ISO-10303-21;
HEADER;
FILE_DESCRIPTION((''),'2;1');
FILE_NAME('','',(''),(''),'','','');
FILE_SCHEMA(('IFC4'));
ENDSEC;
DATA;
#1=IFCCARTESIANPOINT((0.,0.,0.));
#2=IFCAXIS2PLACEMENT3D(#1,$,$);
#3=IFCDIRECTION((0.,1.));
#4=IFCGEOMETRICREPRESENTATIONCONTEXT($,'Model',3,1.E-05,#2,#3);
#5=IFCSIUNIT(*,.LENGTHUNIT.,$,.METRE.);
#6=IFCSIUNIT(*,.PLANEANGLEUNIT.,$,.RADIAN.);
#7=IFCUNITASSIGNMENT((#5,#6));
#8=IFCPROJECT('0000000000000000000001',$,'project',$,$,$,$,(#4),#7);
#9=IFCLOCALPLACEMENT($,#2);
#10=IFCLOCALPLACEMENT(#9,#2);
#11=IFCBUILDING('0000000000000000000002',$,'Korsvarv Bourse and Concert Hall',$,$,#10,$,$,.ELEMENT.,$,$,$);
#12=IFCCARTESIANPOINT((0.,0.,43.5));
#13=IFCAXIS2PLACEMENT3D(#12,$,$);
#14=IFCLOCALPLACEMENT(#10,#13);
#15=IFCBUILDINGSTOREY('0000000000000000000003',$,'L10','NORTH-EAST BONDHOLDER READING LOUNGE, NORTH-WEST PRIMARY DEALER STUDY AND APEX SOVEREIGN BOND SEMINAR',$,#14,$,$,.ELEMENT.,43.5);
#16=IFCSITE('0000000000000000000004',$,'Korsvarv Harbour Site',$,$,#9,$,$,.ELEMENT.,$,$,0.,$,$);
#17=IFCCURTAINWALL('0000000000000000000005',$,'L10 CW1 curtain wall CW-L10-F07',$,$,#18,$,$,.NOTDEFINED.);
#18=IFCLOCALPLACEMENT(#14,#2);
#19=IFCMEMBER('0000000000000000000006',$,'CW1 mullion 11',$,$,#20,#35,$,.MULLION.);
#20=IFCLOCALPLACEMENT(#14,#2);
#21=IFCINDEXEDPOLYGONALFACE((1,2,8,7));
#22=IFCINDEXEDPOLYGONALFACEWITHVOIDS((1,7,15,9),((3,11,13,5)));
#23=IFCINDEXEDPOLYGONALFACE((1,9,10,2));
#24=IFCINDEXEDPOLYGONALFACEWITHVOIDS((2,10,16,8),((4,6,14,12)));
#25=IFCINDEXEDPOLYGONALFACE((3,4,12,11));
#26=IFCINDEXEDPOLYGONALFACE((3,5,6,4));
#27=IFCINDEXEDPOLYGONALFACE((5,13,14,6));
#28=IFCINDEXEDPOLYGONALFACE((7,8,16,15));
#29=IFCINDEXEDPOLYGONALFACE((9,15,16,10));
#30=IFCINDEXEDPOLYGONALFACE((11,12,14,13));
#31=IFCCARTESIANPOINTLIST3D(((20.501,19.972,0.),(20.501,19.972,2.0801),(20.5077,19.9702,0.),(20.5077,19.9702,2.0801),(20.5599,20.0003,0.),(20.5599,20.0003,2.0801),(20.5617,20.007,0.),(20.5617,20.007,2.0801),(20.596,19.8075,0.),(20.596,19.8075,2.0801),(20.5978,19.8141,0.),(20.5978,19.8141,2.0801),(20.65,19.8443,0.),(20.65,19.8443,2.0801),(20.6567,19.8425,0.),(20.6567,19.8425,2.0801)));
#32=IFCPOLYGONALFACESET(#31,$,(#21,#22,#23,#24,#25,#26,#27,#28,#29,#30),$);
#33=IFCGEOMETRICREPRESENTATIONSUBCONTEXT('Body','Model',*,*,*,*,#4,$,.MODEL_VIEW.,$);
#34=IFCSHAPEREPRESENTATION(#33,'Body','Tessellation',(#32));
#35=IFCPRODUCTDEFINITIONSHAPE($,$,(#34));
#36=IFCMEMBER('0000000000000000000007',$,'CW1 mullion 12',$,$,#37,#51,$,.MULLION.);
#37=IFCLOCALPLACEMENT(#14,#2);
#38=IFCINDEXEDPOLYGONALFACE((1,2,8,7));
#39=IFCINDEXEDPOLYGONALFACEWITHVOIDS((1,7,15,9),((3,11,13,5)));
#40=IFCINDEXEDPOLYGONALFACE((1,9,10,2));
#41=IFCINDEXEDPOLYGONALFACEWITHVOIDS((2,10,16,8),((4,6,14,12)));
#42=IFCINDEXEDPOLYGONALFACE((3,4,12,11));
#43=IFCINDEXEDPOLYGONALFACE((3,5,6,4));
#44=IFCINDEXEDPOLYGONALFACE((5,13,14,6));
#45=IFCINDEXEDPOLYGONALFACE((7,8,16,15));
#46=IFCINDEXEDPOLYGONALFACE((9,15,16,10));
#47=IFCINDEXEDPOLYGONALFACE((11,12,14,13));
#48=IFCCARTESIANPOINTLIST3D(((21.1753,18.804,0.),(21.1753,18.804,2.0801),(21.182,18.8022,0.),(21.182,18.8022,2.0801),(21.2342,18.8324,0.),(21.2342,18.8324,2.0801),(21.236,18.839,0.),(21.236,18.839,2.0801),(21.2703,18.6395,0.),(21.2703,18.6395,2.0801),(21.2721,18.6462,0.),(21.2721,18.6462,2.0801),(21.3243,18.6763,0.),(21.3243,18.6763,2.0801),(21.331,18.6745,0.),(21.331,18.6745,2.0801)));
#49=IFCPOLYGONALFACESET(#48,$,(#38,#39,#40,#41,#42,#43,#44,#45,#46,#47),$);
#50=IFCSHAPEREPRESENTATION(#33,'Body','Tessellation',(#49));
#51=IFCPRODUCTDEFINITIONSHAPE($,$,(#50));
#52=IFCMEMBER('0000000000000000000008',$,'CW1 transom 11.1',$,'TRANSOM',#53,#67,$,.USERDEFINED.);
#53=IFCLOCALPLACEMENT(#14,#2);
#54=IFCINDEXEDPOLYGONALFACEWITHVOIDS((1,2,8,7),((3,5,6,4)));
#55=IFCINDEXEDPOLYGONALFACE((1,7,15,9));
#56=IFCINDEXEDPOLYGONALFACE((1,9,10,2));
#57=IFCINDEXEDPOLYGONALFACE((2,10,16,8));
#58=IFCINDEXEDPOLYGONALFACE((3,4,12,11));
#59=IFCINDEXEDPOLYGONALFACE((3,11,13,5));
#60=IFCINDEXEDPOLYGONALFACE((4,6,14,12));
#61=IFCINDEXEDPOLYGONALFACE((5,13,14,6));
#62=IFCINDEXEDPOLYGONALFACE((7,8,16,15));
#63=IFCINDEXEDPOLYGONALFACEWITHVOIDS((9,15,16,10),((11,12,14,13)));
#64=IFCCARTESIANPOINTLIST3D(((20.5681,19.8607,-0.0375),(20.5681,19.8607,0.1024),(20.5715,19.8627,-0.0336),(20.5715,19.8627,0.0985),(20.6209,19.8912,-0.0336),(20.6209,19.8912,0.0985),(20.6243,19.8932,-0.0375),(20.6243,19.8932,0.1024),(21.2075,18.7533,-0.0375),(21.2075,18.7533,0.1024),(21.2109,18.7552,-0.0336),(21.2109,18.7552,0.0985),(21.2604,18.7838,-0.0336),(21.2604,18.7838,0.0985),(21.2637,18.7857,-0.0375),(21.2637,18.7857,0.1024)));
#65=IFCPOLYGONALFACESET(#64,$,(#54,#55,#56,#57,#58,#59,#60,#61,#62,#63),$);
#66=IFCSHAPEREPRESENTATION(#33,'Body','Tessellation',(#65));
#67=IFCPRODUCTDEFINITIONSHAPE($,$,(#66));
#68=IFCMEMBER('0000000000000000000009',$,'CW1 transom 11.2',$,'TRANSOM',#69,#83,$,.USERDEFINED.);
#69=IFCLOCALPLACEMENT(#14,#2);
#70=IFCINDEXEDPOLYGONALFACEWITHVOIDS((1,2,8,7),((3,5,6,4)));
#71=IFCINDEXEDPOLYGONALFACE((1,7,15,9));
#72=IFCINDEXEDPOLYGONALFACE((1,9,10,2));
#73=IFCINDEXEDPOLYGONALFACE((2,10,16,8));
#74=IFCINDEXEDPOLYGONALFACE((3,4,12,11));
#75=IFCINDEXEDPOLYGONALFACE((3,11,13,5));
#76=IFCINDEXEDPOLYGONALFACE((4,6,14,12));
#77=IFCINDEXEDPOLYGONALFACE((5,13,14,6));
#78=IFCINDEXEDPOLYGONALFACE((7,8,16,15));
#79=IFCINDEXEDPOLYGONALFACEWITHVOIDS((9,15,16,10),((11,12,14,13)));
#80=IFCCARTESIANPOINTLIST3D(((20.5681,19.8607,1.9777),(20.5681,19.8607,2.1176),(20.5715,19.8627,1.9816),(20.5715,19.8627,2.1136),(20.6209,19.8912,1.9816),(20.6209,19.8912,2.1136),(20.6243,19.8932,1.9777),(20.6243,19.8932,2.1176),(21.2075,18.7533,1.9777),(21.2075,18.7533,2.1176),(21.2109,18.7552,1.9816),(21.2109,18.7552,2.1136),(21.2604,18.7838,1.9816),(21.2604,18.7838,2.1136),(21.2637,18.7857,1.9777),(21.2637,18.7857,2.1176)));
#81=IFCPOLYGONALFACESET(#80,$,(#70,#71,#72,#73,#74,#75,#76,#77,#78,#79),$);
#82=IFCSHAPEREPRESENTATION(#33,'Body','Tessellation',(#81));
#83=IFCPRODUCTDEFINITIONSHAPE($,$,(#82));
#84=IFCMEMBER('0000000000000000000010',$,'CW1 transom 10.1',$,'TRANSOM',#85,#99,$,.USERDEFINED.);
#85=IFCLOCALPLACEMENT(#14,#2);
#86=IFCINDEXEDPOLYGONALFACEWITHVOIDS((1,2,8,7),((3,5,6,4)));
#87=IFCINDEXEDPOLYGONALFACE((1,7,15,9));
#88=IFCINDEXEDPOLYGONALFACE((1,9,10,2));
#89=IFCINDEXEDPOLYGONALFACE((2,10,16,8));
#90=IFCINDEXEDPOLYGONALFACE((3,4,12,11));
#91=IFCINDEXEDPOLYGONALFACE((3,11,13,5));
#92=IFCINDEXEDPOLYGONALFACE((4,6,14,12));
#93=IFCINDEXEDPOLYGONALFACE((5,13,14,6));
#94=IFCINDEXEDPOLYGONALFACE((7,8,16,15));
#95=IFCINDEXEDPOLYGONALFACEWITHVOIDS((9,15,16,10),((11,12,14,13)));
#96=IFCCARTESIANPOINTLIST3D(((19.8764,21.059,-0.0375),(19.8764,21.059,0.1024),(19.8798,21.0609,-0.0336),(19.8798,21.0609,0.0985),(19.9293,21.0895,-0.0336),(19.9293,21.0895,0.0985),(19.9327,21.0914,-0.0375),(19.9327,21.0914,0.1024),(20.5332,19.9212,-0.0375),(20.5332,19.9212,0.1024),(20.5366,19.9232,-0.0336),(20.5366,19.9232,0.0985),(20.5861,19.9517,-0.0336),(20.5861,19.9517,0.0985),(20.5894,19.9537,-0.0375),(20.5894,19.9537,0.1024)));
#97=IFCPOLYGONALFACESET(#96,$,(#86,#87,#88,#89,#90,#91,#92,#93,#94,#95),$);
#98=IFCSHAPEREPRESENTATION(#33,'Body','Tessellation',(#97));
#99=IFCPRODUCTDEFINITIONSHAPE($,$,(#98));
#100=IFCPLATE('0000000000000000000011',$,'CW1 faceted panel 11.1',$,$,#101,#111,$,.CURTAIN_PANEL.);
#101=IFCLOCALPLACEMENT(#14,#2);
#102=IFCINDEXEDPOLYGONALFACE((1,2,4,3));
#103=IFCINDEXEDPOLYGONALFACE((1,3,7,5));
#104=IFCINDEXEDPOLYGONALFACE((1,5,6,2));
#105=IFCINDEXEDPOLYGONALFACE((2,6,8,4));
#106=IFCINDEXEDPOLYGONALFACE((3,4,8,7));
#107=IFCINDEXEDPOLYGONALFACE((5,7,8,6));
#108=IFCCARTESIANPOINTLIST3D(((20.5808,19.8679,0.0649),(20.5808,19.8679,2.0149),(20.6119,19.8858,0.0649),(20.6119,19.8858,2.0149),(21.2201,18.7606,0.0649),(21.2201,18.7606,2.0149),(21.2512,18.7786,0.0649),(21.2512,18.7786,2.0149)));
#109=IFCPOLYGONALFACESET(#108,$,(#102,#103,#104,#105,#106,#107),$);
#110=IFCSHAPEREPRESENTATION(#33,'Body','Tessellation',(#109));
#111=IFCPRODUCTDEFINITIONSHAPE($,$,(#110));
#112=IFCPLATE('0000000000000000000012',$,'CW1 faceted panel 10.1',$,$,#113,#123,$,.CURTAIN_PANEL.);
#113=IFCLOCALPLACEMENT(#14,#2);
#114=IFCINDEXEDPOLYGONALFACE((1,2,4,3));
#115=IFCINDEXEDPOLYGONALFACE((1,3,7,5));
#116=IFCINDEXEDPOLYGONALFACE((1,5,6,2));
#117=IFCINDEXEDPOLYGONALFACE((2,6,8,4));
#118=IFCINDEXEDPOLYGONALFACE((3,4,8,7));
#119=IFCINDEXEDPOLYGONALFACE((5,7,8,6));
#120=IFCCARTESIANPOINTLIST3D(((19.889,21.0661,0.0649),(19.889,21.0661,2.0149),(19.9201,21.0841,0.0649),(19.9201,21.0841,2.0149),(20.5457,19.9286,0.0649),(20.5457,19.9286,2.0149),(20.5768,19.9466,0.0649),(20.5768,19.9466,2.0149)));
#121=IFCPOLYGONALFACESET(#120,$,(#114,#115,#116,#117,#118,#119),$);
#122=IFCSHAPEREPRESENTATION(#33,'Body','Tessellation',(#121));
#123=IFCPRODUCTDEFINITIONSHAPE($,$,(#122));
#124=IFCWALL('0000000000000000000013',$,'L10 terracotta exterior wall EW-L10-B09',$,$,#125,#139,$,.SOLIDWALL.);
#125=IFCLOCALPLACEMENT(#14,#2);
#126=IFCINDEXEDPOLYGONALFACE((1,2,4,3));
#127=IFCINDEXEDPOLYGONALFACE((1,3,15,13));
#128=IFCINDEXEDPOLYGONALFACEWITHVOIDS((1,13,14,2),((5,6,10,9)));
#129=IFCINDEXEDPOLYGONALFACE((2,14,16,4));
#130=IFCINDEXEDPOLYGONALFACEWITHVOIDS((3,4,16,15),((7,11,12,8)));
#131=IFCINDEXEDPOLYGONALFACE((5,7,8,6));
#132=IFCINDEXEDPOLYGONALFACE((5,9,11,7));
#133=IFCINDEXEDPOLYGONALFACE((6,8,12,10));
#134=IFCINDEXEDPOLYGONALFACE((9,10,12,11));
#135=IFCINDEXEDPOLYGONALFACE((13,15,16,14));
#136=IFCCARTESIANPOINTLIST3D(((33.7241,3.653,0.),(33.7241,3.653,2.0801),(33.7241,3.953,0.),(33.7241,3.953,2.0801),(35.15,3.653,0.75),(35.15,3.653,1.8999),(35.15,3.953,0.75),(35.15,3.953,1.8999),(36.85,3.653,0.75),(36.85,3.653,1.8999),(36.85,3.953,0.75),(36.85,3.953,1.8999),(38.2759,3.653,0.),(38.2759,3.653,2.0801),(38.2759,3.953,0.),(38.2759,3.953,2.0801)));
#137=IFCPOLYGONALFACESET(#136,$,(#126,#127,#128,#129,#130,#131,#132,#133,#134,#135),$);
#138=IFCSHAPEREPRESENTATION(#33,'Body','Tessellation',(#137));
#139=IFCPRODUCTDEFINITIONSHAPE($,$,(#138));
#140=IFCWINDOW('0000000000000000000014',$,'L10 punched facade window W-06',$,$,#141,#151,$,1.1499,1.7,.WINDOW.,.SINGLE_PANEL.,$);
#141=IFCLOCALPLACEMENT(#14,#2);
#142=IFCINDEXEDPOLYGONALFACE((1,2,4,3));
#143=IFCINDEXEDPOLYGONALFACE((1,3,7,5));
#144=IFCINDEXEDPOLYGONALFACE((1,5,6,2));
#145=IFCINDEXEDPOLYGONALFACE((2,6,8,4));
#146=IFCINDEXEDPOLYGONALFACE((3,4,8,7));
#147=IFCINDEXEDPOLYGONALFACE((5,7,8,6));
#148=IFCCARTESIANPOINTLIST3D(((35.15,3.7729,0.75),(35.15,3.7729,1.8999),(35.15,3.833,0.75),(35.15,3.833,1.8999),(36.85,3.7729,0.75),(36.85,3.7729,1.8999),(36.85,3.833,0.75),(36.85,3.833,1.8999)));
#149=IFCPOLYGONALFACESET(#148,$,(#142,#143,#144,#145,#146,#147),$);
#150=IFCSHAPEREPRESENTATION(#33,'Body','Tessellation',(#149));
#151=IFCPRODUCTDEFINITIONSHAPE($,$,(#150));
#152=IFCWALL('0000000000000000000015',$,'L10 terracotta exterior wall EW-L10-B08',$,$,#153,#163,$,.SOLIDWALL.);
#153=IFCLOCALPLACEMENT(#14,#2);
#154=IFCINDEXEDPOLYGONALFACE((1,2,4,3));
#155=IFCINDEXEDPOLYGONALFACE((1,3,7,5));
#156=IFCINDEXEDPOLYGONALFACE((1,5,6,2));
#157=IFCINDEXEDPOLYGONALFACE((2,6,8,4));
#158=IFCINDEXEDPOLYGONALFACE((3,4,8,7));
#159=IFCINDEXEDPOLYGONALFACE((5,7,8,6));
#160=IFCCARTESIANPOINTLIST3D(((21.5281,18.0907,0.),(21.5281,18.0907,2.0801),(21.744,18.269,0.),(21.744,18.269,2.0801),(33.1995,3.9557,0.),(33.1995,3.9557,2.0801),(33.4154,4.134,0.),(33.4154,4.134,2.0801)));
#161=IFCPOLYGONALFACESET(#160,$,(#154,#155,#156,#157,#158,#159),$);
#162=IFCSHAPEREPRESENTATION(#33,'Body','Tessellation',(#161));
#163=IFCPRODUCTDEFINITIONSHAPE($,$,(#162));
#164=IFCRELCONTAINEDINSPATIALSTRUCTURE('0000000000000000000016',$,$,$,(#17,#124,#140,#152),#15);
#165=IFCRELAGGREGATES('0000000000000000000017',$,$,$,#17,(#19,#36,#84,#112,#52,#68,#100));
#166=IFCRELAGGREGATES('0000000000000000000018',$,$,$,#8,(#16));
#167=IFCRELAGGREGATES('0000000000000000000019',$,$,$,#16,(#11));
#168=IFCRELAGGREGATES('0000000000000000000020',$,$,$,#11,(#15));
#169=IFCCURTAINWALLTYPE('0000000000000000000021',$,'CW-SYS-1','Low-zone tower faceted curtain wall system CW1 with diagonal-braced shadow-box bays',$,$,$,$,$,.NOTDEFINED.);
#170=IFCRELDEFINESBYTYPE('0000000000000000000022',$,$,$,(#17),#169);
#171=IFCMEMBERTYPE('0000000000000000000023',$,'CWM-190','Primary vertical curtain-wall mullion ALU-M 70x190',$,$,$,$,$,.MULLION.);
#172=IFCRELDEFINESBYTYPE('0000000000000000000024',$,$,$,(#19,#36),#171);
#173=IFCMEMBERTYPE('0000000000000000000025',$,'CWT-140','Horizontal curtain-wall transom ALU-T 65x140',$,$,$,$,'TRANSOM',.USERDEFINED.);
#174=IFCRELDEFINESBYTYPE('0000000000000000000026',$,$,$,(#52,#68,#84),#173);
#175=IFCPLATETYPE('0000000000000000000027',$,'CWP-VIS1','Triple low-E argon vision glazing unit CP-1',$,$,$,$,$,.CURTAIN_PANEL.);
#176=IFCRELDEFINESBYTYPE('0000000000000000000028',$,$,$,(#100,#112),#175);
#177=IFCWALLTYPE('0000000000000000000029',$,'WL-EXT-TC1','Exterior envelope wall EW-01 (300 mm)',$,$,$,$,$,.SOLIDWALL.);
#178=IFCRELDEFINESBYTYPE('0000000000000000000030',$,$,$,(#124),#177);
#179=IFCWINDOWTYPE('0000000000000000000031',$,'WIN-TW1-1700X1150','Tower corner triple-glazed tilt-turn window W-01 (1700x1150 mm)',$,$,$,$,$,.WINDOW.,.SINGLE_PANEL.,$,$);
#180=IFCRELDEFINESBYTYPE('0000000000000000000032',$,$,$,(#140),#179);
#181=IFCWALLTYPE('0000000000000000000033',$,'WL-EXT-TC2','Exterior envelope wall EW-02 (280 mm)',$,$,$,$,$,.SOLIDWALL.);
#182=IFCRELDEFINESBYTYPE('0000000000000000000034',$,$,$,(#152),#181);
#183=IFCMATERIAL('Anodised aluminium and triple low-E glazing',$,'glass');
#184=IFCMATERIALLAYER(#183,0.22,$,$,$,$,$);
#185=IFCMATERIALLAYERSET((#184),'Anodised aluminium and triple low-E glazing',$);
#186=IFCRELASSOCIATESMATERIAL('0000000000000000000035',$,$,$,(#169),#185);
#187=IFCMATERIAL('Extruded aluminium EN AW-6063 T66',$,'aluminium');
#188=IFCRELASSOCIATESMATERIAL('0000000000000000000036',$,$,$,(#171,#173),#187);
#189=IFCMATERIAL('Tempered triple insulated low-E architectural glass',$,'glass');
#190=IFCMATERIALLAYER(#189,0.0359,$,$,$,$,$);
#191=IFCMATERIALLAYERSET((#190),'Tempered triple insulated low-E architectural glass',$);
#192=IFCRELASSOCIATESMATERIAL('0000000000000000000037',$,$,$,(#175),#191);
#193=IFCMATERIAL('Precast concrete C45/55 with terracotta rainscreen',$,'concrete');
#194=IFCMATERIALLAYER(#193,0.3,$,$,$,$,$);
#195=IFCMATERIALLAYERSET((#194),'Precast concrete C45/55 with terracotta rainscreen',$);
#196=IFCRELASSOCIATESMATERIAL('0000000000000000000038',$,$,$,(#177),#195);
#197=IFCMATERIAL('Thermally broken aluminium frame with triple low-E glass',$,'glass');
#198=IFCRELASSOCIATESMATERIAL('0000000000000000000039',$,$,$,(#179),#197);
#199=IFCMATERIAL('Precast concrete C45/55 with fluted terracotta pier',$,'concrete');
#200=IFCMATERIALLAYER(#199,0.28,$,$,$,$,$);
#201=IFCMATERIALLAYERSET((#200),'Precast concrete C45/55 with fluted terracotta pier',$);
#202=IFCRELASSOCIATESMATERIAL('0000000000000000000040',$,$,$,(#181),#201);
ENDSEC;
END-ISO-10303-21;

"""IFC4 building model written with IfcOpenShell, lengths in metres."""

from ifc_helpers import new_model, si_unit, direction, frame, frame_2d, origin, origin_2d, place, context, subcontext, project, spatial, rectangle, hollow_rectangle, extrude, source, transform, mapped, material, layer, layer_set, material_profile, profile_set, type_object, element, fill, aggregate, save


model = new_model("IFC4")

# Units and contexts
model_context = context("Model", 3, precision=1e-05, world=origin(), true_north=direction((0.0, 1.0)))
body_context = subcontext(model_context, "Body", "Model", "MODEL_VIEW")
ifc_project = project(units=[si_unit("LENGTHUNIT", "METRE"), si_unit("PLANEANGLEUNIT", "RADIAN")], contexts=[model_context])

# Site, building, storey
site_placement = place(None, origin())
site = spatial("IfcSite", under=ifc_project, at=site_placement, Name="Korsvarv Harbour Site", CompositionType="ELEMENT", RefElevation=0.0)
building_placement = place(site_placement, origin())
building = spatial("IfcBuilding", under=site, at=building_placement, Name="Korsvarv Bourse and Concert Hall", CompositionType="ELEMENT")
storey_placement = place(building_placement, frame((0.0, 0.0, 43.5)))
storey = spatial("IfcBuildingStorey", under=building, at=storey_placement, Name="L10", Description="NORTH-EAST BONDHOLDER READING LOUNGE, NORTH-WEST PRIMARY DEALER STUDY AND APEX SOVEREIGN BOND SEMINAR", CompositionType="ELEMENT", Elevation=43.5)

# Curtain wall, members, plates
ifc_material_1 = material(Name="Anodised aluminium and triple low-E glazing", Category="glass")
ifc_layer_1 = layer(ifc_material_1, 0.22)
ifc_layer_set_1 = layer_set([ifc_layer_1], Name="Anodised aluminium and triple low-E glazing")
curtain_wall_type = type_object("IfcCurtainWallType", Name="CW-SYS-1", Description="Low-zone tower faceted curtain wall system CW1 with diagonal-braced shadow-box bays", PredefinedType="NOTDEFINED", material=ifc_layer_set_1)
curtain_wall_placement = place(storey_placement, origin())
curtain_wall = element("IfcCurtainWall", 1, at=curtain_wall_placement, inside=storey, type_object=curtain_wall_type, Name="L10 CW1 curtain wall CW-L10-F07", PredefinedType="NOTDEFINED")
ifc_material_2 = material(Name="Extruded aluminium EN AW-6063 T66", Category="aluminium")
ifc_material_profile_1 = material_profile(ifc_material_2, hollow_rectangle(XDim=0.0701, YDim=0.1899, WallThickness=0.0049, at=origin_2d()), Name="ALU-M 70x190")
ifc_profile_set_1 = profile_set([ifc_material_profile_1], Name="Extruded aluminium EN AW-6063 T66")
member_type_1 = type_object("IfcMemberType", Name="CWM-190", Description="Primary vertical curtain-wall mullion ALU-M 70x190", PredefinedType="MULLION", material=ifc_profile_set_1)
shared_shape_1 = source(origin(), body_context, "Body", "SweptSolid", [
    extrude(hollow_rectangle(XDim=0.0701, YDim=0.1899, WallThickness=0.0049, at=origin_2d()), origin(), (0.0, 0.0, 1.0), 2.0801),
])
member_1_placement = place(storey_placement, frame((20.5789, 19.9072, 0.0), z_axis=(0.0, 0.0, 1.0), x_axis=(0.866026, 0.5, 0.0)))
member_1 = element("IfcMember", 2, at=member_1_placement, type_object=member_type_1, Name="CW1 mullion 11", PredefinedType="MULLION", context=body_context, shape_type="MappedRepresentation", body=[
    mapped(shared_shape_1, transform((0.0, 0.0, 0.0), scale=1.0)),
])
member_2_placement = place(storey_placement, frame((21.2532, 18.7393, 0.0), z_axis=(0.0, 0.0, 1.0), x_axis=(0.866026, 0.5, 0.0)))
member_2 = element("IfcMember", 3, at=member_2_placement, type_object=member_type_1, Name="CW1 mullion 12", PredefinedType="MULLION", context=body_context, shape_type="MappedRepresentation", body=[
    mapped(shared_shape_1, transform((0.0, 0.0, 0.0), scale=1.0)),
])
ifc_material_profile_2 = material_profile(ifc_material_2, hollow_rectangle(XDim=0.0649, YDim=0.1399, WallThickness=0.0039, at=origin_2d()), Name="ALU-T 65x140")
ifc_profile_set_2 = profile_set([ifc_material_profile_2], Name="Extruded aluminium EN AW-6063 T66")
member_type_2 = type_object("IfcMemberType", Name="CWT-140", Description="Horizontal curtain-wall transom ALU-T 65x140", ElementType="TRANSOM", PredefinedType="USERDEFINED", material=ifc_profile_set_2)
shared_shape_2 = source(origin(), body_context, "Body", "SweptSolid", [
    extrude(hollow_rectangle(XDim=0.0649, YDim=0.1399, WallThickness=0.0039, at=origin_2d()), origin(), (0.0, 0.0, 1.0), 1.2788),
])
member_3_placement = place(storey_placement, frame((20.5962, 19.877, 0.0325), z_axis=(0.50002, -0.866014, 0.0), x_axis=(0.866014, 0.50002, 0.0)))
member_3 = element("IfcMember", 4, at=member_3_placement, type_object=member_type_2, Name="CW1 transom 11.1", ObjectType="TRANSOM", PredefinedType="USERDEFINED", context=body_context, shape_type="MappedRepresentation", body=[
    mapped(shared_shape_2, transform((0.0, 0.0, 0.0), scale=1.0)),
])
member_4_placement = place(storey_placement, frame((20.5962, 19.877, 2.0476), z_axis=(0.50002, -0.866014, 0.0), x_axis=(0.866014, 0.50002, 0.0)))
member_4 = element("IfcMember", 5, at=member_4_placement, type_object=member_type_2, Name="CW1 transom 11.2", ObjectType="TRANSOM", PredefinedType="USERDEFINED", context=body_context, shape_type="MappedRepresentation", body=[
    mapped(shared_shape_2, transform((0.0, 0.0, 0.0), scale=1.0)),
])
shared_shape_3 = source(origin(), body_context, "Body", "SweptSolid", [
    extrude(hollow_rectangle(XDim=0.0649, YDim=0.1399, WallThickness=0.0039, at=origin_2d()), origin(), (0.0, 0.0, 1.0), 1.3137),
])
member_5_placement = place(storey_placement, frame((19.9045, 21.0752, 0.0325), z_axis=(0.499937, -0.866062, 0.0), x_axis=(0.866062, 0.499937, 0.0)))
member_5 = element("IfcMember", 6, at=member_5_placement, type_object=member_type_2, Name="CW1 transom 10.1", ObjectType="TRANSOM", PredefinedType="USERDEFINED", context=body_context, shape_type="MappedRepresentation", body=[
    mapped(shared_shape_3, transform((0.0, 0.0, 0.0), scale=1.0)),
])
ifc_material_3 = material(Name="Tempered triple insulated low-E architectural glass", Category="glass")
ifc_layer_2 = layer(ifc_material_3, 0.0359)
ifc_layer_set_2 = layer_set([ifc_layer_2], Name="Tempered triple insulated low-E architectural glass")
plate_type = type_object("IfcPlateType", Name="CWP-VIS1", Description="Triple low-E argon vision glazing unit CP-1", PredefinedType="CURTAIN_PANEL", material=ifc_layer_set_2)
shared_shape_4 = source(origin(), body_context, "Body", "SweptSolid", [
    extrude(rectangle(XDim=1.2786, YDim=0.0359, at=origin_2d()), origin(), (0.0, 0.0, 1.0), 1.95),
])
plate_1_placement = place(storey_placement, frame((20.916, 19.3232, 0.0649), z_axis=(0.0, 0.0, 1.0), x_axis=(0.5, -0.866026, 0.0)))
plate_1 = element("IfcPlate", 7, at=plate_1_placement, type_object=plate_type, Name="CW1 faceted panel 11.1", PredefinedType="CURTAIN_PANEL", context=body_context, shape_type="MappedRepresentation", body=[
    mapped(shared_shape_4, transform((0.0, 0.0, 0.0), scale=1.0)),
])
shared_shape_5 = source(origin(), body_context, "Body", "SweptSolid", [
    extrude(rectangle(XDim=1.3135, YDim=0.0359, at=origin_2d()), origin(), (0.0, 0.0, 1.0), 1.95),
])
plate_2_placement = place(storey_placement, frame((20.2329, 20.5063, 0.0649), z_axis=(0.0, 0.0, 1.0), x_axis=(0.5, -0.866026, 0.0)))
plate_2 = element("IfcPlate", 8, at=plate_2_placement, type_object=plate_type, Name="CW1 faceted panel 10.1", PredefinedType="CURTAIN_PANEL", context=body_context, shape_type="MappedRepresentation", body=[
    mapped(shared_shape_5, transform((0.0, 0.0, 0.0), scale=1.0)),
])
aggregate(curtain_wall, [member_1, member_2, member_5, plate_2, member_3, member_4, plate_1])

# Wall, opening, window
ifc_material_4 = material(Name="Precast concrete C45/55 with terracotta rainscreen", Category="concrete")
ifc_layer_3 = layer(ifc_material_4, 0.3)
ifc_layer_set_3 = layer_set([ifc_layer_3], Name="Precast concrete C45/55 with terracotta rainscreen")
wall_type_1 = type_object("IfcWallType", Name="WL-EXT-TC1", Description="Exterior envelope wall EW-01 (300 mm)", PredefinedType="SOLIDWALL", material=ifc_layer_set_3)
wall_1_placement = place(storey_placement, frame((33.7241, 3.803, 0.0), z_axis=(0.0, 0.0, 1.0), x_axis=(1.0, 0.0, 0.0)))
wall_1 = element("IfcWall", 9, at=wall_1_placement, inside=storey, type_object=wall_type_1, Name="L10 terracotta exterior wall EW-L10-B09", PredefinedType="SOLIDWALL", context=body_context, shape_type="SweptSolid", body=[
    extrude(rectangle(XDim=4.5518, YDim=0.3, at=frame_2d((2.2759, 0.0))), origin(), (0.0, 0.0, 1.0), 2.0801),
])
opening_1_placement = place(wall_1_placement, frame((1.4258, 0.0, 0.75)))
opening_1 = element("IfcOpeningElement", 10, at=opening_1_placement, cuts=wall_1, PredefinedType="OPENING", context=body_context, shape_type="SweptSolid", body=[
    extrude(rectangle(XDim=1.7, YDim=1.1499, at=frame_2d((0.8501, 0.575))), frame((0.0, 0.1602, 0.0), z_axis=(0.0, -1.0, 0.0), x_axis=(1.0, 0.0, 0.0)), (0.0, 0.0, 1.0), 0.3201),
])
ifc_material_5 = material(Name="Thermally broken aluminium frame with triple low-E glass", Category="glass")
window_type = type_object("IfcWindowType", Name="WIN-TW1-1700X1150", Description="Tower corner triple-glazed tilt-turn window W-01 (1700x1150 mm)", PartitioningType="SINGLE_PANEL", PredefinedType="WINDOW", material=ifc_material_5)
window_placement = place(opening_1_placement, origin())
window = element("IfcWindow", 11, at=window_placement, inside=storey, type_object=window_type, Name="L10 punched facade window W-06", OverallHeight=1.1499, OverallWidth=1.7, PartitioningType="SINGLE_PANEL", PredefinedType="WINDOW", context=body_context, shape_type="SweptSolid", body=[
    extrude(rectangle(XDim=1.7, YDim=1.1499, at=frame_2d((0.8501, 0.575))), frame((0.0, 0.03, 0.0), z_axis=(0.0, -1.0, 0.0), x_axis=(1.0, 0.0, 0.0)), (0.0, 0.0, 1.0), 0.0601),
])
fill(opening_1, window)

# Wall
ifc_material_6 = material(Name="Precast concrete C45/55 with fluted terracotta pier", Category="concrete")
ifc_layer_4 = layer(ifc_material_6, 0.28)
ifc_layer_set_4 = layer_set([ifc_layer_4], Name="Precast concrete C45/55 with fluted terracotta pier")
wall_type_2 = type_object("IfcWallType", Name="WL-EXT-TC2", Description="Exterior envelope wall EW-02 (280 mm)", PredefinedType="SOLIDWALL", material=ifc_layer_set_4)
wall_2_placement = place(storey_placement, frame((21.636, 18.1799, 0.0), z_axis=(0.0, 0.0, 1.0), x_axis=(0.636708, -0.771105, 0.0)))
element("IfcWall", 12, at=wall_2_placement, inside=storey, type_object=wall_type_2, Name="L10 terracotta exterior wall EW-L10-B08", PredefinedType="SOLIDWALL", context=body_context, shape_type="SweptSolid", body=[
    extrude(rectangle(XDim=18.3308, YDim=0.28, at=frame_2d((9.1655, 0.0))), origin(), (0.0, 0.0, 1.0), 2.0801),
])

save(model, "model.ifc")
